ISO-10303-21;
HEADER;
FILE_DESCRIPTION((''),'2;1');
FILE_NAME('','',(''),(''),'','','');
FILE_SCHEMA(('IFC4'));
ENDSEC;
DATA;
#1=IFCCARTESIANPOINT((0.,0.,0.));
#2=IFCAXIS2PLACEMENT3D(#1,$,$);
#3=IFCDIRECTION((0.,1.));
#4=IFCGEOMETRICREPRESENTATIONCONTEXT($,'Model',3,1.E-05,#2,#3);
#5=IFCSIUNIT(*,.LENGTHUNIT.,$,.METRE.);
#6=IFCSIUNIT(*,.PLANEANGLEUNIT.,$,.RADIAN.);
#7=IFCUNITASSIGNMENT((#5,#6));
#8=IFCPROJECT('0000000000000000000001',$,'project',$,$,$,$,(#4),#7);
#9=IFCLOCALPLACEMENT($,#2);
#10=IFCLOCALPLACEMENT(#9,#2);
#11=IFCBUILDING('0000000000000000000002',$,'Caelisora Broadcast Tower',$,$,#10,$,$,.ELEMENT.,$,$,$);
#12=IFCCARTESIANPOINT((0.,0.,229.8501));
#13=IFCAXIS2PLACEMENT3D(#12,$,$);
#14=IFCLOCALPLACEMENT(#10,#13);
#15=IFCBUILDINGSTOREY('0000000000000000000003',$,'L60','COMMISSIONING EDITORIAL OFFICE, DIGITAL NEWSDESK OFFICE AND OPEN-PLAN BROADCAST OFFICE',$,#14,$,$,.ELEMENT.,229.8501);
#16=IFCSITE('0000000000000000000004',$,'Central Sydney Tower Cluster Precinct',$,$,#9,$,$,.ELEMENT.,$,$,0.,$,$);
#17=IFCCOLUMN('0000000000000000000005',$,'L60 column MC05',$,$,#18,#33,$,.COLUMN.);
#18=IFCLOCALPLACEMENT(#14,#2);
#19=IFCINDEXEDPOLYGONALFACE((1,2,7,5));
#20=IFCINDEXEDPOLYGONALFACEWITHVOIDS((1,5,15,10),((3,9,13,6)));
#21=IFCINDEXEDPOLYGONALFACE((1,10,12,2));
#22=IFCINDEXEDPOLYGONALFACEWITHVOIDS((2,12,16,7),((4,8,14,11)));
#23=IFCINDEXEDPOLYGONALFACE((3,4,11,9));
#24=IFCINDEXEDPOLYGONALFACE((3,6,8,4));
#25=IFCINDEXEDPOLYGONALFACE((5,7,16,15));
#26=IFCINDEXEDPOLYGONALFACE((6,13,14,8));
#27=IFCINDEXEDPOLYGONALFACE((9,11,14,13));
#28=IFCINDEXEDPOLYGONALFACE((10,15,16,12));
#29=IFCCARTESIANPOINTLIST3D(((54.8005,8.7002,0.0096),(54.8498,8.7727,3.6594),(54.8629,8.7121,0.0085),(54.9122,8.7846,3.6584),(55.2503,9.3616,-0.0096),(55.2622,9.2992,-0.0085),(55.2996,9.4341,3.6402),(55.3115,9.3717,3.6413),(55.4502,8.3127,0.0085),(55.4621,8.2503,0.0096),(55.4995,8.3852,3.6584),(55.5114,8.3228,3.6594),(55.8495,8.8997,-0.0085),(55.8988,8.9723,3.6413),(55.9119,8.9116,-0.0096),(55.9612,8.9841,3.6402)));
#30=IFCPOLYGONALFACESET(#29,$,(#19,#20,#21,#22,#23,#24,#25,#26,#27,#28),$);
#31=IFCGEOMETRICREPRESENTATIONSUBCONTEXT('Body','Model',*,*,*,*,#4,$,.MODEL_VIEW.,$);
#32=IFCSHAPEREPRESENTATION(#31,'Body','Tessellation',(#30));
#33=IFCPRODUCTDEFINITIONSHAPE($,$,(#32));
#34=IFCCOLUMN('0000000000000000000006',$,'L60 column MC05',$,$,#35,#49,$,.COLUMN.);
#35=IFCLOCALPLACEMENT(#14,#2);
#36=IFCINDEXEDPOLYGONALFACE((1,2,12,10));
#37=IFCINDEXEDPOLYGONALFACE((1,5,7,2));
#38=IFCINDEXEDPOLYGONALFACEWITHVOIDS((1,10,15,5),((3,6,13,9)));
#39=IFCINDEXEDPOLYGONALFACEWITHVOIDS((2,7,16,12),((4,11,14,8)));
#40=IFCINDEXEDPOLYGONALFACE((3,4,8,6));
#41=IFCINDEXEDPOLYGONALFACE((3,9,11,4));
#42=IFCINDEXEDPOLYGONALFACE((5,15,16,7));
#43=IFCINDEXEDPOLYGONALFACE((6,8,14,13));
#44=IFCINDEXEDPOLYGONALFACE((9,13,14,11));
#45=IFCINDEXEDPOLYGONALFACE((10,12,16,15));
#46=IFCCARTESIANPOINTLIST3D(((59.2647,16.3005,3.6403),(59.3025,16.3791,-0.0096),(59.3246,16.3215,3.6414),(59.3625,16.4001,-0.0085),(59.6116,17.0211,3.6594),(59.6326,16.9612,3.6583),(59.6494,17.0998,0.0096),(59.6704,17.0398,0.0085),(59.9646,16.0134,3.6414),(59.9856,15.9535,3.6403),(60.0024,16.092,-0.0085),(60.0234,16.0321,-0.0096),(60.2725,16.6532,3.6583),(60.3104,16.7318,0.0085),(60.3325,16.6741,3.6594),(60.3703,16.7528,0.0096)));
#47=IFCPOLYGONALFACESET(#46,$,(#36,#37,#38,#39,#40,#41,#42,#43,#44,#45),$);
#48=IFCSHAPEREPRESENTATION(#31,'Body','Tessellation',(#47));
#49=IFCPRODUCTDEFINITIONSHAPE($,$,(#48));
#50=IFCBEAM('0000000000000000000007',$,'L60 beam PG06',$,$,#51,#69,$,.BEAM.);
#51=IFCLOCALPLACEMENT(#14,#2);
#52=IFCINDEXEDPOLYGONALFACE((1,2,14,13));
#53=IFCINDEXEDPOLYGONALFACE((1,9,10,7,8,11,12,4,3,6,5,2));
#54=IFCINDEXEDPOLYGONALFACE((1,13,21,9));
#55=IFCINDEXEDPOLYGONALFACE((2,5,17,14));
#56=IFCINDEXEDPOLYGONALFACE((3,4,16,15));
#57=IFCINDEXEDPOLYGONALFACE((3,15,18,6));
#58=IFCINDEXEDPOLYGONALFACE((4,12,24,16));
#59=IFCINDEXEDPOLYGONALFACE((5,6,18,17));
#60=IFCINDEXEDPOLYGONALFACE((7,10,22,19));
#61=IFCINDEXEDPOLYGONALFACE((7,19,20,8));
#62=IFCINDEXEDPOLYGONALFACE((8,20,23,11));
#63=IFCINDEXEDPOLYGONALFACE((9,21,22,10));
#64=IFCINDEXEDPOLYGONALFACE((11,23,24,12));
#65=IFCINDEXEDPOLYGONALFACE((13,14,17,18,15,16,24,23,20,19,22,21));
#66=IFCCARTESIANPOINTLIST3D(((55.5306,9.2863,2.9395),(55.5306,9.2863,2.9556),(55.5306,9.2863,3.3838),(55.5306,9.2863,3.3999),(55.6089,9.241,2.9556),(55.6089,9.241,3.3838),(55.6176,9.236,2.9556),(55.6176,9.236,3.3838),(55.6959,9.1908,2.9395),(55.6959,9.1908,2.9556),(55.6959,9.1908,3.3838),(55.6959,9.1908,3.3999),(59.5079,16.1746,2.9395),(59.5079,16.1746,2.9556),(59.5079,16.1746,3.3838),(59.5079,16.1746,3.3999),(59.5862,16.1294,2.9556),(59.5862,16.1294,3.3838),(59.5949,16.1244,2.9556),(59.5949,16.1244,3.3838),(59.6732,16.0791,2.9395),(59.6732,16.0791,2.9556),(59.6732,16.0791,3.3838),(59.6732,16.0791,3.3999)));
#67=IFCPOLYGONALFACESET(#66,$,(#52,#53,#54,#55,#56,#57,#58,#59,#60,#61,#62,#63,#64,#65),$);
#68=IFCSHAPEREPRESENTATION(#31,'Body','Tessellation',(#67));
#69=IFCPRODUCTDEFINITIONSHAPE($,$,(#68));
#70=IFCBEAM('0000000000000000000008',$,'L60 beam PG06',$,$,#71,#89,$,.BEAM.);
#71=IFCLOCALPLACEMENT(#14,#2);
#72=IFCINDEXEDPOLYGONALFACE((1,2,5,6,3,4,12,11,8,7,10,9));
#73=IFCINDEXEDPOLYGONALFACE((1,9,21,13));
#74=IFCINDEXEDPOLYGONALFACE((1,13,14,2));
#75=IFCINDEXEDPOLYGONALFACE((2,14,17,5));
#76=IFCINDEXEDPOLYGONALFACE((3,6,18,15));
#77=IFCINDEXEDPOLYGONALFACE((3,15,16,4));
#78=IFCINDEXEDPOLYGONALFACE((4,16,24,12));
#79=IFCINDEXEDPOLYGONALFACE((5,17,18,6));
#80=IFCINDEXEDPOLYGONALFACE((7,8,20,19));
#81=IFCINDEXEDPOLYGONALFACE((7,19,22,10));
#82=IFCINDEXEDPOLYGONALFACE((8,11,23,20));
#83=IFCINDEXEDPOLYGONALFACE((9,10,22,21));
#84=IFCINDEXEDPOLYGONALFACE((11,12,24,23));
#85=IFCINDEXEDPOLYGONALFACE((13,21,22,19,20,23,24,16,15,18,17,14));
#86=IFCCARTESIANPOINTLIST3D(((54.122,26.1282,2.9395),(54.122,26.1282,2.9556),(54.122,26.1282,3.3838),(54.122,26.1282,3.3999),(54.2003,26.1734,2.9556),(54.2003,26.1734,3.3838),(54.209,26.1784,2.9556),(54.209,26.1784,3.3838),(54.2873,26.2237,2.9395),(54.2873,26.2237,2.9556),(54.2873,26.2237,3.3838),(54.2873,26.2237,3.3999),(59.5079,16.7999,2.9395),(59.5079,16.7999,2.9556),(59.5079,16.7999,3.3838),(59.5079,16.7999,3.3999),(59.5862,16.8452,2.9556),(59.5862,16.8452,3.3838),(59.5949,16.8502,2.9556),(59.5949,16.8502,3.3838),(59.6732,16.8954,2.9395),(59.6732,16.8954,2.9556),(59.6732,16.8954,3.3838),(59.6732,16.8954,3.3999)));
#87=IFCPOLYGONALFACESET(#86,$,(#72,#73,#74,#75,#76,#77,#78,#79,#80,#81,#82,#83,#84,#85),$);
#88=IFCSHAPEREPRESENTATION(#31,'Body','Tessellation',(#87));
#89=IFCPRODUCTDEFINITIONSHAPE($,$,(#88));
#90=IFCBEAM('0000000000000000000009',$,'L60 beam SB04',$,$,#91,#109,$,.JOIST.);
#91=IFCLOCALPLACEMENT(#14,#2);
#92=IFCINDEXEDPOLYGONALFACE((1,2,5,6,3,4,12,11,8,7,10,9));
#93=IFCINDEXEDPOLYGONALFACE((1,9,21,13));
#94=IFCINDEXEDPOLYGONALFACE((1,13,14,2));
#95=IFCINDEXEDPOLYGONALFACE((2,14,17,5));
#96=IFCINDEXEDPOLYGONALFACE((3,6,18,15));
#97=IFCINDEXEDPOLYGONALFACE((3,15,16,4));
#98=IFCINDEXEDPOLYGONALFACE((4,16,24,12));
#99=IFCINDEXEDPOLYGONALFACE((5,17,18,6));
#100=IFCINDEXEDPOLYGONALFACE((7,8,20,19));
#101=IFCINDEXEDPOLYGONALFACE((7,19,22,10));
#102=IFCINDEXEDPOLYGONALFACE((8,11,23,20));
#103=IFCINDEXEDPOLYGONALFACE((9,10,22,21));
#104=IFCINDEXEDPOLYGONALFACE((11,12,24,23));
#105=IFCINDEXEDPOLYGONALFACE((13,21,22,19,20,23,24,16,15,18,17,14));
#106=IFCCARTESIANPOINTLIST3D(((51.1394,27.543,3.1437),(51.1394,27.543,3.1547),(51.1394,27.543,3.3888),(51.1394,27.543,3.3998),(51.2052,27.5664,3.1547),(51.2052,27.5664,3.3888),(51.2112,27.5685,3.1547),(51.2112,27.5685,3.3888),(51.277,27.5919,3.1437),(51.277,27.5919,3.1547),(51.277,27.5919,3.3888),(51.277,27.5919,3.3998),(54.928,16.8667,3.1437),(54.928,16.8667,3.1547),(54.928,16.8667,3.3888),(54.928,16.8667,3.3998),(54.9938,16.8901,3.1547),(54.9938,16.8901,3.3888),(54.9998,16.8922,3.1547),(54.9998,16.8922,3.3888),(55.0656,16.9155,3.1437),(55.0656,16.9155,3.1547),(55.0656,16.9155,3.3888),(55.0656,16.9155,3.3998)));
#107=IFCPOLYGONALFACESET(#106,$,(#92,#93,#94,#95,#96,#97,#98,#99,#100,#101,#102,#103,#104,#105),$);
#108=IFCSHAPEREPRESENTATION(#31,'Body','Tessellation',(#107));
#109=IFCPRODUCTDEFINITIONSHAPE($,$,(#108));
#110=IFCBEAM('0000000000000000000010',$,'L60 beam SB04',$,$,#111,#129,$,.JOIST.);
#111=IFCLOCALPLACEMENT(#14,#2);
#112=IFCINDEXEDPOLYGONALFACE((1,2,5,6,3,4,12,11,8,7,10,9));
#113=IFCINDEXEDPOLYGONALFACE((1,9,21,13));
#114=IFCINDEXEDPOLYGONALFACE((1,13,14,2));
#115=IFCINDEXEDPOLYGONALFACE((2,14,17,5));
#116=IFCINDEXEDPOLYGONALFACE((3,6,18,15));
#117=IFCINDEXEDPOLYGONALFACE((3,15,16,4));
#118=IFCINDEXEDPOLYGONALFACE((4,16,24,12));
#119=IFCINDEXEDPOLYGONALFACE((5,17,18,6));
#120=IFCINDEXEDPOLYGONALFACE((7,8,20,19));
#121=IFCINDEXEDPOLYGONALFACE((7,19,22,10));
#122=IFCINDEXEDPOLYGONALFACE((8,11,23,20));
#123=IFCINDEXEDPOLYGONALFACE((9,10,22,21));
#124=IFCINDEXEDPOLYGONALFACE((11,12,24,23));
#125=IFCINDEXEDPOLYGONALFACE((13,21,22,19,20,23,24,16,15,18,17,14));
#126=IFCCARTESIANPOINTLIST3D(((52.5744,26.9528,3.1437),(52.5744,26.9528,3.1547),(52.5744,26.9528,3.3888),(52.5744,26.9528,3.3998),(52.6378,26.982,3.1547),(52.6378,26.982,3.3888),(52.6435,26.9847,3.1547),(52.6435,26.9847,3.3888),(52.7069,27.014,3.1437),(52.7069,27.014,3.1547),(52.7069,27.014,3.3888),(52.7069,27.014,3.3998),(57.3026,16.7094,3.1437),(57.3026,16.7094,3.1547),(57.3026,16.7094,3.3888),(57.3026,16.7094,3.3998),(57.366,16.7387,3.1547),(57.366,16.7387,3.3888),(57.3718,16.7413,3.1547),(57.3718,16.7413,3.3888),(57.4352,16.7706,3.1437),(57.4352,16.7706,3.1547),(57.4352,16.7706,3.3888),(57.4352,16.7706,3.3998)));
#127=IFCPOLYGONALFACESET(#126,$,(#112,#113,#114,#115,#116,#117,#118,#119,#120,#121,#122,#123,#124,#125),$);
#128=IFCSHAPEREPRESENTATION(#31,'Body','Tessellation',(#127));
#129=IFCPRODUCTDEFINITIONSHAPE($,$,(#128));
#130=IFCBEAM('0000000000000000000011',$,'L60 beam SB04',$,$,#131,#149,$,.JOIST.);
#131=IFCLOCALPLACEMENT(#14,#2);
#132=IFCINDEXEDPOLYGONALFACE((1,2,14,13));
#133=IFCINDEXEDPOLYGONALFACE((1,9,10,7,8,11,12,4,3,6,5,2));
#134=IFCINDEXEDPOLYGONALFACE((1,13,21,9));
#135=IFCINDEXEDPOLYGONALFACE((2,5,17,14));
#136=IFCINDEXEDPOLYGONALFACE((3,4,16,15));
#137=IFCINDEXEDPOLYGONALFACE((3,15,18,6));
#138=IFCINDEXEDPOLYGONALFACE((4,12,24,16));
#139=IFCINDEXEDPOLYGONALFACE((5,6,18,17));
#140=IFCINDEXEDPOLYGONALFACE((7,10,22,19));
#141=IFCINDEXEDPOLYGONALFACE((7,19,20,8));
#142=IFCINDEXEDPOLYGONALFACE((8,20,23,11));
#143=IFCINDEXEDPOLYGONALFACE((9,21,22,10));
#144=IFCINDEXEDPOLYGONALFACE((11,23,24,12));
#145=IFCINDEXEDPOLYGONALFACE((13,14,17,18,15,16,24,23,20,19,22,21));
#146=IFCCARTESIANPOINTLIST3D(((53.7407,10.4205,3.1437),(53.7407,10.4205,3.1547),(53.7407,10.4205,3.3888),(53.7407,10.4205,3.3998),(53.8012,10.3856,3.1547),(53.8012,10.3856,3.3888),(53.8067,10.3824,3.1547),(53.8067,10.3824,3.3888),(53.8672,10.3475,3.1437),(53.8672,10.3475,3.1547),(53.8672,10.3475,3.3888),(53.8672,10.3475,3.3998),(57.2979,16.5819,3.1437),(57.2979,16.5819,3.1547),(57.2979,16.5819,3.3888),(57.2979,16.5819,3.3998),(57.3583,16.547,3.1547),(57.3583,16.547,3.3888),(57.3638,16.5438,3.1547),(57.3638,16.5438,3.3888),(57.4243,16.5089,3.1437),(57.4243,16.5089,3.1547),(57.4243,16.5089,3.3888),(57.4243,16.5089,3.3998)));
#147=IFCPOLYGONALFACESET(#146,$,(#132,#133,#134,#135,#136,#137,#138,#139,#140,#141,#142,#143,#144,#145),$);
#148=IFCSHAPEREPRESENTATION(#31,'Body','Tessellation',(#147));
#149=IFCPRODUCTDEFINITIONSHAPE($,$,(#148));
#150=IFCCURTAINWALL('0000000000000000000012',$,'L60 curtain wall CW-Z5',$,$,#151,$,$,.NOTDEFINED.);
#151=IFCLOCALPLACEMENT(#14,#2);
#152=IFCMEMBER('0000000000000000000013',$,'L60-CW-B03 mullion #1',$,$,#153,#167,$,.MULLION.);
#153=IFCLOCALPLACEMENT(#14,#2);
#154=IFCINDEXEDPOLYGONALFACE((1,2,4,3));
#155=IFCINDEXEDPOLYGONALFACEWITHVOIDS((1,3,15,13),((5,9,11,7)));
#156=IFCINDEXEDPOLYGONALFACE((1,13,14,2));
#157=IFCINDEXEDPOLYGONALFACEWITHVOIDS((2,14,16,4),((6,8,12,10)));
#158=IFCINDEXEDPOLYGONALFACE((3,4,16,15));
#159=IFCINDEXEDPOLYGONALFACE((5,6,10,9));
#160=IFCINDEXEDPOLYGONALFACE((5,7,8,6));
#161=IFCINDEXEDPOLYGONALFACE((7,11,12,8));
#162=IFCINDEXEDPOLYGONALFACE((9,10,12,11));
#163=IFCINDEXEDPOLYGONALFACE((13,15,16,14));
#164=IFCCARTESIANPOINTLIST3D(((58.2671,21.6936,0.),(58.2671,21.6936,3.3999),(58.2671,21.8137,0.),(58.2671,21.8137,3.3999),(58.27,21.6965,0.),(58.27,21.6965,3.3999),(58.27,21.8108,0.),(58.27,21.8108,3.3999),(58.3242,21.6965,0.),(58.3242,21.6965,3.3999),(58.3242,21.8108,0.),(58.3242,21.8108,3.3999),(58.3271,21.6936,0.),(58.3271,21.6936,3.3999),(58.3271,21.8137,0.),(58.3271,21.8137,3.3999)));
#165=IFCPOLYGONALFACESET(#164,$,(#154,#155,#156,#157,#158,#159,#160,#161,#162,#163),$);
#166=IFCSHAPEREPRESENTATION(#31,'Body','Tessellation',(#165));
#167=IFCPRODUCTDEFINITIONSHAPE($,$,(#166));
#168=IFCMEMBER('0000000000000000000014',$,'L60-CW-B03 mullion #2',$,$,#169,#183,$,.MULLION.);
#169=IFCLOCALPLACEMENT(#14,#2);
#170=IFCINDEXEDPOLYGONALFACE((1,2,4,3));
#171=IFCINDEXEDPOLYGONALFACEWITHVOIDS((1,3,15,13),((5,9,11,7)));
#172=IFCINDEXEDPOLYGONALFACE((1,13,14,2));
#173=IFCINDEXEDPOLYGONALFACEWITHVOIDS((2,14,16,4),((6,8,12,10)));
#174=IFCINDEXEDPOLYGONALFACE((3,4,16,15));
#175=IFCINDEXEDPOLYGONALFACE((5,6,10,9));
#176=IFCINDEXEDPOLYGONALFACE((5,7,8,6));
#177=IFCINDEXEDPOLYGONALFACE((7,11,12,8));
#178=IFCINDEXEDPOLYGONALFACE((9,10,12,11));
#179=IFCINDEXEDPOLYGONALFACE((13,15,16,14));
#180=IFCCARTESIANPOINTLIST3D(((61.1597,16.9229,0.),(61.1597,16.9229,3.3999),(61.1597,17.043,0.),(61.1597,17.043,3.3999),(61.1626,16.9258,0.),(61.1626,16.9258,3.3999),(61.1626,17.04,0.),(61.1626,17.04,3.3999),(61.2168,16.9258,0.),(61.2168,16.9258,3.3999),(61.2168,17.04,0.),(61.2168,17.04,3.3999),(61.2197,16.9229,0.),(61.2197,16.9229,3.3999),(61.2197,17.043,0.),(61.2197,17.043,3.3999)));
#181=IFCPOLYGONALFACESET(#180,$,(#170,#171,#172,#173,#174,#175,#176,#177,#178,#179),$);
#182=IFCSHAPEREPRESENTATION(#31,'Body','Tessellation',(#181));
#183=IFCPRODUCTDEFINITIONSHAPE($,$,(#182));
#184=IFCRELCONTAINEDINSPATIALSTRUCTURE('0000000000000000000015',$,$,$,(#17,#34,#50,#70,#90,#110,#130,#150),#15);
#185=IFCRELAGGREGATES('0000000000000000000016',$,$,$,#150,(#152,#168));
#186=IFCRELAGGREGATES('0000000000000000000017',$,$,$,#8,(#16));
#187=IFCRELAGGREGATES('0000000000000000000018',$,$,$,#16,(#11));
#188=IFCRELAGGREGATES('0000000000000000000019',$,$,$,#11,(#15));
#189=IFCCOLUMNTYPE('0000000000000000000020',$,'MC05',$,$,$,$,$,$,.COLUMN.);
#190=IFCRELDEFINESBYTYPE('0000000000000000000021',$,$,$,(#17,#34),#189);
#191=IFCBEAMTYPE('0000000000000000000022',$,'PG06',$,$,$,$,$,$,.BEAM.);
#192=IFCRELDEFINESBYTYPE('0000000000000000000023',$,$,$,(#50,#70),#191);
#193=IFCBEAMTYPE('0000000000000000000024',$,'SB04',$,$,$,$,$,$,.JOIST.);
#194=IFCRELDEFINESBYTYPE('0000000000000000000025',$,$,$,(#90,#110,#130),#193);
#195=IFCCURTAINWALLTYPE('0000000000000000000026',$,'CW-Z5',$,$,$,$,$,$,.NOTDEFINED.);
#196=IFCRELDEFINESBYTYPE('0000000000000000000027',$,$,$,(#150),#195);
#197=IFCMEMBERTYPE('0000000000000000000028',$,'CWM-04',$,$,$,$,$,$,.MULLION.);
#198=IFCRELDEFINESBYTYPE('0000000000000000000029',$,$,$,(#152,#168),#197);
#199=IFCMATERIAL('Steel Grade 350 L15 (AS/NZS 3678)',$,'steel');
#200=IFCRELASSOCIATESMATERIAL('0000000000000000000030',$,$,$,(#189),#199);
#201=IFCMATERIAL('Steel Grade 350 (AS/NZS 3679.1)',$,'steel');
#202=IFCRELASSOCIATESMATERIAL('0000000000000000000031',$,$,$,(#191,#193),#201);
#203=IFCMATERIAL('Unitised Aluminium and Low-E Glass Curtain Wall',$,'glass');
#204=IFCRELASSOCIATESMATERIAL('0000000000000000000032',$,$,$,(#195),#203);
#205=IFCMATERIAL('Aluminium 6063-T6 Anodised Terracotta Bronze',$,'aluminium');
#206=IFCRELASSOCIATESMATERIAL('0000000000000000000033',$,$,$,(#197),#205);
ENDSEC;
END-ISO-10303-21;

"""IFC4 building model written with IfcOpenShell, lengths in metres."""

from ifc_helpers import new_model, si_unit, direction, frame, origin, origin_2d, place, context, subcontext, project, spatial, hollow_rectangle, i_section, extrude, source, transform, mapped, material, material_profile, profile_set, type_object, type_shapes, element, aggregate, save


model = new_model("IFC4")

# Units and contexts
model_context = context("Model", 3, precision=1e-05, world=origin(), true_north=direction((0.0, 1.0)))
body_context = subcontext(model_context, "Body", "Model", "MODEL_VIEW")
ifc_project = project(units=[si_unit("LENGTHUNIT", "METRE"), si_unit("PLANEANGLEUNIT", "RADIAN")], contexts=[model_context])

# Site, building, storey
site_placement = place(None, origin())
site = spatial("IfcSite", under=ifc_project, at=site_placement, Name="Central Sydney Tower Cluster Precinct", CompositionType="ELEMENT", RefElevation=0.0)
building_placement = place(site_placement, origin())
building = spatial("IfcBuilding", under=site, at=building_placement, Name="Caelisora Broadcast Tower", CompositionType="ELEMENT")
storey_placement = place(building_placement, frame((0.0, 0.0, 229.8501)))
storey = spatial("IfcBuildingStorey", under=building, at=storey_placement, Name="L60", Description="COMMISSIONING EDITORIAL OFFICE, DIGITAL NEWSDESK OFFICE AND OPEN-PLAN BROADCAST OFFICE", CompositionType="ELEMENT", Elevation=229.8501)

# Columns
ifc_material_1 = material(Name="Steel Grade 350 L15 (AS/NZS 3678)", Category="steel")
ifc_material_profile_1 = material_profile(ifc_material_1, hollow_rectangle(XDim=0.8, YDim=0.8, WallThickness=0.0449, at=origin_2d()), Name="Steel Grade 350 L15 (AS/NZS 3678)")
ifc_profile_set_1 = profile_set([ifc_material_profile_1], Name="Steel Grade 350 L15 (AS/NZS 3678)")
column_type = type_object("IfcColumnType", Name="MC05", PredefinedType="COLUMN", material=ifc_profile_set_1)
shared_shape_1 = source(origin(), body_context, "Body", "SweptSolid", [
    extrude(hollow_rectangle(XDim=0.8, YDim=0.8, WallThickness=0.0449, at=origin_2d()), origin(), (0.0, 0.0, 1.0), 3.6509),
])
type_shapes(column_type, [shared_shape_1])
for number, where, z_axis, x_axis, name in (
    (1, (55.3562, 8.8059, 0.0), (0.013508, 0.01986, 0.999712), (-0.826875, 0.562386, 0.0), "L60 column MC05"),
    (2, (59.8364, 16.5659, 0.0), (-0.010365, -0.021532, 0.999714), (0.901042, -0.433731, 0.0), "L60 column MC05"),
):
    element("IfcColumn", number, at=place(storey_placement, frame(where, z_axis=z_axis, x_axis=x_axis)), inside=storey, type_object=column_type, Name=name, PredefinedType="COLUMN", context=body_context, shape_type="MappedRepresentation", body=[
        mapped(shared_shape_1, transform((0.0, 0.0, 0.0), scale=1.0)),
    ])

# Beams
ifc_material_2 = material(Name="Steel Grade 350 (AS/NZS 3679.1)", Category="steel")
ifc_material_profile_2 = material_profile(ifc_material_2, i_section(OverallWidth=0.1909, OverallDepth=0.4604, WebThickness=0.01, FlangeThickness=0.0161, at=origin_2d()), Name="Steel Grade 350 (AS/NZS 3679.1)")
ifc_profile_set_2 = profile_set([ifc_material_profile_2], Name="Steel Grade 350 (AS/NZS 3679.1)")
beam_type_1 = type_object("IfcBeamType", Name="PG06", PredefinedType="BEAM", material=ifc_profile_set_2)
shared_shape_2 = source(origin(), body_context, "Body", "SweptSolid", [
    extrude(i_section(OverallWidth=0.1909, OverallDepth=0.4604, WebThickness=0.01, FlangeThickness=0.0161, at=origin_2d()), origin(), (0.0, 0.0, 1.0), 7.9541),
])
beam_1_placement = place(storey_placement, frame((55.6133, 9.2385, 3.1697), z_axis=(0.500024, 0.866011, 0.0), x_axis=(-0.866011, 0.500024, 0.0)))
element("IfcBeam", 3, at=beam_1_placement, inside=storey, type_object=beam_type_1, Name="L60 beam PG06", PredefinedType="BEAM", context=body_context, shape_type="MappedRepresentation", body=[
    mapped(shared_shape_2, transform((0.0, 0.0, 0.0), scale=1.0)),
])
shared_shape_3 = source(origin(), body_context, "Body", "SweptSolid", [
    extrude(i_section(OverallWidth=0.1909, OverallDepth=0.4604, WebThickness=0.01, FlangeThickness=0.0161, at=origin_2d()), origin(), (0.0, 0.0, 1.0), 10.7715),
])
type_shapes(beam_type_1, [shared_shape_2, shared_shape_3])
beam_2_placement = place(storey_placement, frame((59.5906, 16.8477, 3.1697), z_axis=(-0.500017, 0.866015, 0.0), x_axis=(-0.866015, -0.500017, 0.0)))
element("IfcBeam", 4, at=beam_2_placement, inside=storey, type_object=beam_type_1, Name="L60 beam PG06", PredefinedType="BEAM", context=body_context, shape_type="MappedRepresentation", body=[
    mapped(shared_shape_3, transform((0.0, 0.0, 0.0), scale=1.0)),
])
ifc_material_profile_3 = material_profile(ifc_material_2, i_section(OverallWidth=0.146, OverallDepth=0.2561, WebThickness=0.0063, FlangeThickness=0.011, at=origin_2d()), Name="Steel Grade 350 (AS/NZS 3679.1)")
ifc_profile_set_3 = profile_set([ifc_material_profile_3], Name="Steel Grade 350 (AS/NZS 3679.1)")
beam_type_2 = type_object("IfcBeamType", Name="SB04", PredefinedType="JOIST", material=ifc_profile_set_3)
shared_shape_4 = source(origin(), body_context, "Body", "SweptSolid", [
    extrude(i_section(OverallWidth=0.146, OverallDepth=0.2561, WebThickness=0.0063, FlangeThickness=0.011, at=origin_2d()), origin(), (0.0, 0.0, 1.0), 11.3286),
])
beam_3_placement = place(storey_placement, frame((54.9968, 16.8911, 3.2717), z_axis=(-0.334427, 0.942422, 0.0), x_axis=(-0.942422, -0.334427, 0.0)))
element("IfcBeam", 5, at=beam_3_placement, inside=storey, type_object=beam_type_2, Name="L60 beam SB04", PredefinedType="JOIST", context=body_context, shape_type="MappedRepresentation", body=[
    mapped(shared_shape_4, transform((0.0, 0.0, 0.0), scale=1.0)),
])
shared_shape_5 = source(origin(), body_context, "Body", "SweptSolid", [
    extrude(i_section(OverallWidth=0.146, OverallDepth=0.2561, WebThickness=0.0063, FlangeThickness=0.011, at=origin_2d()), origin(), (0.0, 0.0, 1.0), 11.282),
])
beam_4_placement = place(storey_placement, frame((57.3689, 16.74, 3.2717), z_axis=(-0.419098, 0.907941, 0.0), x_axis=(-0.907941, -0.419098, 0.0)))
element("IfcBeam", 6, at=beam_4_placement, inside=storey, type_object=beam_type_2, Name="L60 beam SB04", PredefinedType="JOIST", context=body_context, shape_type="MappedRepresentation", body=[
    mapped(shared_shape_5, transform((0.0, 0.0, 0.0), scale=1.0)),
])
shared_shape_6 = source(origin(), body_context, "Body", "SweptSolid", [
    extrude(i_section(OverallWidth=0.146, OverallDepth=0.2561, WebThickness=0.0063, FlangeThickness=0.011, at=origin_2d()), origin(), (0.0, 0.0, 1.0), 7.1145),
])
type_shapes(beam_type_2, [shared_shape_4, shared_shape_5, shared_shape_6])
beam_5_placement = place(storey_placement, frame((53.804, 10.384, 3.2717), z_axis=(0.499985, 0.866034, 0.0), x_axis=(-0.866034, 0.499985, 0.0)))
element("IfcBeam", 7, at=beam_5_placement, inside=storey, type_object=beam_type_2, Name="L60 beam SB04", PredefinedType="JOIST", context=body_context, shape_type="MappedRepresentation", body=[
    mapped(shared_shape_6, transform((0.0, 0.0, 0.0), scale=1.0)),
])

# Curtain wall, members
ifc_material_3 = material(Name="Unitised Aluminium and Low-E Glass Curtain Wall", Category="glass")
curtain_wall_type = type_object("IfcCurtainWallType", Name="CW-Z5", PredefinedType="NOTDEFINED", material=ifc_material_3)
curtain_wall_1_placement = place(storey_placement, origin())
curtain_wall_1 = element("IfcCurtainWall", 8, at=curtain_wall_1_placement, inside=storey, type_object=curtain_wall_type, Name="L60 curtain wall CW-Z5", PredefinedType="NOTDEFINED")
ifc_material_4 = material(Name="Aluminium 6063-T6 Anodised Terracotta Bronze", Category="aluminium")
ifc_material_profile_4 = material_profile(ifc_material_4, hollow_rectangle(XDim=0.0601, YDim=0.1201, WallThickness=0.0029, at=origin_2d()), Name="Aluminium 6063-T6 Anodised Terracotta Bronze")
ifc_profile_set_4 = profile_set([ifc_material_profile_4], Name="Aluminium 6063-T6 Anodised Terracotta Bronze")
member_type_1 = type_object("IfcMemberType", Name="CWM-04", PredefinedType="MULLION", material=ifc_profile_set_4)
shared_shape_7 = source(origin(), body_context, "Body", "SweptSolid", [
    extrude(hollow_rectangle(XDim=0.0601, YDim=0.1201, WallThickness=0.0029, at=origin_2d()), origin(), (0.0, 0.0, 1.0), 3.3999),
])
type_shapes(member_type_1, [shared_shape_7])
member_1_placement = place(storey_placement, frame((58.2971, 21.7537, 0.0), z_axis=(0.0, 0.0, 1.0), x_axis=(1.0, 0.0, 0.0)))
member_1 = element("IfcMember", 9, at=member_1_placement, type_object=member_type_1, Name="L60-CW-B03 mullion #1", PredefinedType="MULLION", context=body_context, shape_type="MappedRepresentation", body=[
    mapped(shared_shape_7, transform((0.0, 0.0, 0.0), scale=1.0)),
])
member_2_placement = place(storey_placement, frame((61.1897, 16.9829, 0.0), z_axis=(0.0, 0.0, 1.0), x_axis=(1.0, 0.0, 0.0)))
member_2 = element("IfcMember", 10, at=member_2_placement, type_object=member_type_1, Name="L60-CW-B03 mullion #2", PredefinedType="MULLION", context=body_context, shape_type="MappedRepresentation", body=[
    mapped(shared_shape_7, transform((0.0, 0.0, 0.0), scale=1.0)),
])

aggregate(curtain_wall_1, [member_1, member_2])

save(model, "model.ifc")
